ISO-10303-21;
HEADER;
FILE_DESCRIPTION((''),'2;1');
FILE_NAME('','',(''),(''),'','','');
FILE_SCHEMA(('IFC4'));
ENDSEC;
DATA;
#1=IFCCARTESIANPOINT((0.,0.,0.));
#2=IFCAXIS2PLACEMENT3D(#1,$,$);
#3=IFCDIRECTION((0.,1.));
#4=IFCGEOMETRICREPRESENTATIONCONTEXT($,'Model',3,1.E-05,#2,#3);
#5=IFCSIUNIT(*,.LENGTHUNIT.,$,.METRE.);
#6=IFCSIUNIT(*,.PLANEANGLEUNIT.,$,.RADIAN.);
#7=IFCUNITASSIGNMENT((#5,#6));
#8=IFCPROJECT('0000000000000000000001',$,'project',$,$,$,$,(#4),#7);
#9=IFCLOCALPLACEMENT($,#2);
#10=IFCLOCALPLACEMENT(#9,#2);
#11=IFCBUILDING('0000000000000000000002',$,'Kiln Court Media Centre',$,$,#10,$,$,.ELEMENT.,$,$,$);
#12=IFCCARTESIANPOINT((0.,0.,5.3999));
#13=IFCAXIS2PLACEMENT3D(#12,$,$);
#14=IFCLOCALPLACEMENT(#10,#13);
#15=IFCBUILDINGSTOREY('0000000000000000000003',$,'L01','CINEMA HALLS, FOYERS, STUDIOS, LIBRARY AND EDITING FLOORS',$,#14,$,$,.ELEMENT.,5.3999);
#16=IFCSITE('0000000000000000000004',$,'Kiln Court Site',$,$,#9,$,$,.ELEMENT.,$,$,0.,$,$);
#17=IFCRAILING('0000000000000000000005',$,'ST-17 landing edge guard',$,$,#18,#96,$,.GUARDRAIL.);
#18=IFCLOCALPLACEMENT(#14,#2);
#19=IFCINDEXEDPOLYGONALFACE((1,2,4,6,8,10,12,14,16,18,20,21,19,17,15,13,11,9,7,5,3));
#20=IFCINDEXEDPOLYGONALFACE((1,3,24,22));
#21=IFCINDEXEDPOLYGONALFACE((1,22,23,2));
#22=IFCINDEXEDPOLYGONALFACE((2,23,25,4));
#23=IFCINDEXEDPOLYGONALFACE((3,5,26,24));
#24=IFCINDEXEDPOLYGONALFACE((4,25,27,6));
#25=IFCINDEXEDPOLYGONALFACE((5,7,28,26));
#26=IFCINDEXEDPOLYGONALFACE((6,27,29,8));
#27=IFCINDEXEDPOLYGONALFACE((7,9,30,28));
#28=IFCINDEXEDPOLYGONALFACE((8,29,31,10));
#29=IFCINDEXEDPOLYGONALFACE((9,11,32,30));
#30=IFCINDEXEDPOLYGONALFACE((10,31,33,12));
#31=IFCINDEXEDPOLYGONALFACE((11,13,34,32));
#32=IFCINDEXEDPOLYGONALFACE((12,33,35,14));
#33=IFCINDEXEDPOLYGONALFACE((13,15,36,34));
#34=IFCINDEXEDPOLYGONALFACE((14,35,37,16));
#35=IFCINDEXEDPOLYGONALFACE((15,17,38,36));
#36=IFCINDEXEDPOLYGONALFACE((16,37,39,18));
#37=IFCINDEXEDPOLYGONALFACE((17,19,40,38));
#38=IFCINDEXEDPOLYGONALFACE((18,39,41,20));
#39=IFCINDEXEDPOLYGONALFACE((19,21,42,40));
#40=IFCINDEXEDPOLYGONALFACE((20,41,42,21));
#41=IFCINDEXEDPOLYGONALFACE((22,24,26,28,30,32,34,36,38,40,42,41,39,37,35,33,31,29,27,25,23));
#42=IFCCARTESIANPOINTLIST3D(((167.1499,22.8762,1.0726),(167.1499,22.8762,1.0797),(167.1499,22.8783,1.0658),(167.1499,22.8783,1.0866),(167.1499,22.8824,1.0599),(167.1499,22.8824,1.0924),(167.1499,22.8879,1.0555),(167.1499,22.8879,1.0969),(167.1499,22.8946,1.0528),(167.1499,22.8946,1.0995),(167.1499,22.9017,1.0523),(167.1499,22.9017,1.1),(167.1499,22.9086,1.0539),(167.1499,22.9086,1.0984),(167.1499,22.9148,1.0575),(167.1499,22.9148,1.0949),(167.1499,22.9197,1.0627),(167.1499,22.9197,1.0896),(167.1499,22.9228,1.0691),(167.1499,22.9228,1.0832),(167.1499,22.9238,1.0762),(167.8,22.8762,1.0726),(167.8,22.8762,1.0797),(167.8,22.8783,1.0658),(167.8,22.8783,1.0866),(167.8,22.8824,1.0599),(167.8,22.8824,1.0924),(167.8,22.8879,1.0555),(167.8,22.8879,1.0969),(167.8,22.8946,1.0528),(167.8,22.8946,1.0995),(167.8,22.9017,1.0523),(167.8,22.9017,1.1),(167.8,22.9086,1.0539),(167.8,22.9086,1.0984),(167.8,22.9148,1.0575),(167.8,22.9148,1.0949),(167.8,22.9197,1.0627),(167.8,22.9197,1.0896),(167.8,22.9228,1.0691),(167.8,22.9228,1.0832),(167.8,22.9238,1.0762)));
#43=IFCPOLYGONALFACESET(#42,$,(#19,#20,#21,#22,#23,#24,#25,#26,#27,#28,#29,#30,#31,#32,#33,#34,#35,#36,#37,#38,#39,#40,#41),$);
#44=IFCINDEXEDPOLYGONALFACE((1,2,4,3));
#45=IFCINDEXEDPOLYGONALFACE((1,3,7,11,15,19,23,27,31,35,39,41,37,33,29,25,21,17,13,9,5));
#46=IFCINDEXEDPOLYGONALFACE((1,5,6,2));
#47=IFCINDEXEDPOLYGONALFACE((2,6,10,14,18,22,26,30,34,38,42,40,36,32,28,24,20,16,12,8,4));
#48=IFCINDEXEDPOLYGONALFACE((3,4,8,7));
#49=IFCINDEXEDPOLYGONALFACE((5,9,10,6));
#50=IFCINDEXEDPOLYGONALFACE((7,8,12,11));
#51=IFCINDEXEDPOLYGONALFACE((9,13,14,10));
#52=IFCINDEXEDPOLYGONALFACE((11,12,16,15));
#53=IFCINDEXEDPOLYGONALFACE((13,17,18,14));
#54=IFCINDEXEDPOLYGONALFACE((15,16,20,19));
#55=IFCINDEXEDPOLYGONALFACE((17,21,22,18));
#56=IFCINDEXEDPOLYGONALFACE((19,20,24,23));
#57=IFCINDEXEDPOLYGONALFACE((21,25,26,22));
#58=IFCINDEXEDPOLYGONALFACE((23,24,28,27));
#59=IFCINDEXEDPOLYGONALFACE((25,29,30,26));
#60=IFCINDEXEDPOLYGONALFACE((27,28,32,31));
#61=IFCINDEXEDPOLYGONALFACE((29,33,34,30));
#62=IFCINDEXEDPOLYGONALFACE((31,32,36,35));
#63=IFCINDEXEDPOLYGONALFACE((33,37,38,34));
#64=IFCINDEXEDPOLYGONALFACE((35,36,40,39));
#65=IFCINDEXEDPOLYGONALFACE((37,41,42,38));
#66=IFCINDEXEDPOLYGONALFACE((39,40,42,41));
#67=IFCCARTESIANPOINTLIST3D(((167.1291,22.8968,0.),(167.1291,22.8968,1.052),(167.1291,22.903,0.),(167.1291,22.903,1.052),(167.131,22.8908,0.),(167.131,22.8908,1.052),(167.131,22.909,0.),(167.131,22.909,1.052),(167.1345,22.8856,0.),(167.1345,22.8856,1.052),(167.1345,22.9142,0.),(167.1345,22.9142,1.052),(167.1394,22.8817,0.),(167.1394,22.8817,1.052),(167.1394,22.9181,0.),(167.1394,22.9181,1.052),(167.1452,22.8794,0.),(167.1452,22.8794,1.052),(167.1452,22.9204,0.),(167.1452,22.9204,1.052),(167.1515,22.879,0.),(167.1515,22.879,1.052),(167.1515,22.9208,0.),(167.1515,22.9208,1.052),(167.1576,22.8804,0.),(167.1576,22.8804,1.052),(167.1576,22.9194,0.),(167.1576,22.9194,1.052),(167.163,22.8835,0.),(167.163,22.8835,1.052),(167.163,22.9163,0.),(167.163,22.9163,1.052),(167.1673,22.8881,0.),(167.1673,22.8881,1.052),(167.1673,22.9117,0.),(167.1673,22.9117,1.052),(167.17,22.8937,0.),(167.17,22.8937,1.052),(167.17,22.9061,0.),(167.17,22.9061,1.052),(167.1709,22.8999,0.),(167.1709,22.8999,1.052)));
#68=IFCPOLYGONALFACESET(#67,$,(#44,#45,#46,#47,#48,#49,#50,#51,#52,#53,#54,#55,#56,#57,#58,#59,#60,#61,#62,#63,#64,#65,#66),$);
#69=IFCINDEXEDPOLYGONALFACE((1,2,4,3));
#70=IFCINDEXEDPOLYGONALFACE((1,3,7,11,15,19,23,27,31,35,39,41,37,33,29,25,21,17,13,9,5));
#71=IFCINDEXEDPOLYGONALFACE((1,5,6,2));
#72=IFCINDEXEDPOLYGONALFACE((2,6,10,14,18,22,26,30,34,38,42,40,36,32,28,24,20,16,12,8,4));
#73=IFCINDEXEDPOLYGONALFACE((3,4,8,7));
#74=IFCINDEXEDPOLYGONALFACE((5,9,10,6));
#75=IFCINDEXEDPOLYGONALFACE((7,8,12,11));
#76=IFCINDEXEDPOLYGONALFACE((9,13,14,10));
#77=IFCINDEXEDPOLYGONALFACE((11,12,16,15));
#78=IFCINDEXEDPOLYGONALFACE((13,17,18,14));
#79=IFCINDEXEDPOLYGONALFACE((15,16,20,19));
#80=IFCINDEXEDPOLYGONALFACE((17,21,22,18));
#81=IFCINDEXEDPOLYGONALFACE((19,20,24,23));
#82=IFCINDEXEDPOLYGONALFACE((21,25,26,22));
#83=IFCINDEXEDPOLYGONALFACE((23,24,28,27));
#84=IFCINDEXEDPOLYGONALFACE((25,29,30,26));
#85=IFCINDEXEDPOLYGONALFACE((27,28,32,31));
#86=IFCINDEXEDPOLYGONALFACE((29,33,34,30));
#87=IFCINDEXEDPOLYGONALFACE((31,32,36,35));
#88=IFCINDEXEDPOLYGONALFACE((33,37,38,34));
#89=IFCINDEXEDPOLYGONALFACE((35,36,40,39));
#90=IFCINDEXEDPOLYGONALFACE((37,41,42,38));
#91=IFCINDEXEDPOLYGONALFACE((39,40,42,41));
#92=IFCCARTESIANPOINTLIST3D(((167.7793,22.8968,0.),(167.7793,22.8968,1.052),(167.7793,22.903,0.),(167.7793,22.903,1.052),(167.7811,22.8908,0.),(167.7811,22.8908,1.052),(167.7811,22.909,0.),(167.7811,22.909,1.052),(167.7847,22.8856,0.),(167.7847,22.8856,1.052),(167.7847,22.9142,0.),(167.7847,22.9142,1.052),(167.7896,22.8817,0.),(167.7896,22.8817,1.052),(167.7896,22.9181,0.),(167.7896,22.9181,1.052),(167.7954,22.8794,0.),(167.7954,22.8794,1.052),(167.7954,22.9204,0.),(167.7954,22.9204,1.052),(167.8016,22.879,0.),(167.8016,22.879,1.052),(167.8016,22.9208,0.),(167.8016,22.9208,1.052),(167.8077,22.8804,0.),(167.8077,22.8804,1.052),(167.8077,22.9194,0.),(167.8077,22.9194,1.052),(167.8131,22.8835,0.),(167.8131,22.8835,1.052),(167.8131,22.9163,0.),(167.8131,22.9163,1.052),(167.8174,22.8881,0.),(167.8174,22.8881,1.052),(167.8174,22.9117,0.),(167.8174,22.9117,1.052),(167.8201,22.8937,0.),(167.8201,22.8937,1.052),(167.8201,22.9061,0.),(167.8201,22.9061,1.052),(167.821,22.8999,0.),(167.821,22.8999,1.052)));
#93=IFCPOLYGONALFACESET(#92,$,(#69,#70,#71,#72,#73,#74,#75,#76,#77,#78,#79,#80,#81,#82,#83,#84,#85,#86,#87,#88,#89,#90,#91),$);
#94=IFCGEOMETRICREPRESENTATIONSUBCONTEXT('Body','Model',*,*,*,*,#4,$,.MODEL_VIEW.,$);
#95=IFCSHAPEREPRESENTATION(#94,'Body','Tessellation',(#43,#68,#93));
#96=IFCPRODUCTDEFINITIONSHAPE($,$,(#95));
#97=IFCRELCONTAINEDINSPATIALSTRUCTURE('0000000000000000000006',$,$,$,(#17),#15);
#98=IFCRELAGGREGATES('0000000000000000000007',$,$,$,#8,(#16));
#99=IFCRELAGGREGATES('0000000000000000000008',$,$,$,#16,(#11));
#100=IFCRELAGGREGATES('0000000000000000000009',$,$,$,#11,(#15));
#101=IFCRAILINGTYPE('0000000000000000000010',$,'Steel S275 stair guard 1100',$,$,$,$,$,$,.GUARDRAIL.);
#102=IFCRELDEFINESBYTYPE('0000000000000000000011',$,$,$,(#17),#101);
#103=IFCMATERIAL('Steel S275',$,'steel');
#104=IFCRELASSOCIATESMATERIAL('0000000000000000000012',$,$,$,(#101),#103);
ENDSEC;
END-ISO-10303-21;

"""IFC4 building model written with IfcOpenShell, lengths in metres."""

from ifc_helpers import new_model, si_unit, direction, frame, origin, origin_2d, place, context, subcontext, project, spatial, circle, extrude, material, type_object, element, save


model = new_model("IFC4")

# Units and contexts
model_context = context("Model", 3, precision=1e-05, world=origin(), true_north=direction((0.0, 1.0)))
body_context = subcontext(model_context, "Body", "Model", "MODEL_VIEW")
ifc_project = project(units=[si_unit("LENGTHUNIT", "METRE"), si_unit("PLANEANGLEUNIT", "RADIAN")], contexts=[model_context])

# Site, building, storey
site_placement = place(None, origin())
site = spatial("IfcSite", under=ifc_project, at=site_placement, Name="Kiln Court Site", CompositionType="ELEMENT", RefElevation=0.0)
building_placement = place(site_placement, origin())
building = spatial("IfcBuilding", under=site, at=building_placement, Name="Kiln Court Media Centre", CompositionType="ELEMENT")
storey_placement = place(building_placement, frame((0.0, 0.0, 5.3999)))
storey = spatial("IfcBuildingStorey", under=building, at=storey_placement, Name="L01", Description="CINEMA HALLS, FOYERS, STUDIOS, LIBRARY AND EDITING FLOORS", CompositionType="ELEMENT", Elevation=5.3999)

# Railing
ifc_material_1 = material(Name="Steel S275", Category="steel")
railing_type_1 = type_object("IfcRailingType", Name="Steel S275 stair guard 1100", PredefinedType="GUARDRAIL", material=ifc_material_1)
for number, where, name in (
    (1, (167.1499, 22.8999, 0.0), "ST-17 landing edge guard"),
):
    element("IfcRailing", number, at=place(storey_placement, frame(where)), inside=storey, type_object=railing_type_1, Name=name, PredefinedType="GUARDRAIL", context=body_context, shape_type="SweptSolid", body=[
        extrude(circle(Radius=0.0239, at=origin_2d()), frame((0.0, 0.0, 1.0762), z_axis=(1.0, 0.0, 0.0), x_axis=(0.0, 1.0, 0.0)), (0.0, 0.0, 1.0), 0.6501),
        extrude(circle(Radius=0.021, at=origin_2d()), origin(), (0.0, 0.0, 1.0), 1.052),
        extrude(circle(Radius=0.021, at=origin_2d()), frame((0.6501, 0.0, 0.0)), (0.0, 0.0, 1.0), 1.052),
    ])

save(model, "model.ifc")
